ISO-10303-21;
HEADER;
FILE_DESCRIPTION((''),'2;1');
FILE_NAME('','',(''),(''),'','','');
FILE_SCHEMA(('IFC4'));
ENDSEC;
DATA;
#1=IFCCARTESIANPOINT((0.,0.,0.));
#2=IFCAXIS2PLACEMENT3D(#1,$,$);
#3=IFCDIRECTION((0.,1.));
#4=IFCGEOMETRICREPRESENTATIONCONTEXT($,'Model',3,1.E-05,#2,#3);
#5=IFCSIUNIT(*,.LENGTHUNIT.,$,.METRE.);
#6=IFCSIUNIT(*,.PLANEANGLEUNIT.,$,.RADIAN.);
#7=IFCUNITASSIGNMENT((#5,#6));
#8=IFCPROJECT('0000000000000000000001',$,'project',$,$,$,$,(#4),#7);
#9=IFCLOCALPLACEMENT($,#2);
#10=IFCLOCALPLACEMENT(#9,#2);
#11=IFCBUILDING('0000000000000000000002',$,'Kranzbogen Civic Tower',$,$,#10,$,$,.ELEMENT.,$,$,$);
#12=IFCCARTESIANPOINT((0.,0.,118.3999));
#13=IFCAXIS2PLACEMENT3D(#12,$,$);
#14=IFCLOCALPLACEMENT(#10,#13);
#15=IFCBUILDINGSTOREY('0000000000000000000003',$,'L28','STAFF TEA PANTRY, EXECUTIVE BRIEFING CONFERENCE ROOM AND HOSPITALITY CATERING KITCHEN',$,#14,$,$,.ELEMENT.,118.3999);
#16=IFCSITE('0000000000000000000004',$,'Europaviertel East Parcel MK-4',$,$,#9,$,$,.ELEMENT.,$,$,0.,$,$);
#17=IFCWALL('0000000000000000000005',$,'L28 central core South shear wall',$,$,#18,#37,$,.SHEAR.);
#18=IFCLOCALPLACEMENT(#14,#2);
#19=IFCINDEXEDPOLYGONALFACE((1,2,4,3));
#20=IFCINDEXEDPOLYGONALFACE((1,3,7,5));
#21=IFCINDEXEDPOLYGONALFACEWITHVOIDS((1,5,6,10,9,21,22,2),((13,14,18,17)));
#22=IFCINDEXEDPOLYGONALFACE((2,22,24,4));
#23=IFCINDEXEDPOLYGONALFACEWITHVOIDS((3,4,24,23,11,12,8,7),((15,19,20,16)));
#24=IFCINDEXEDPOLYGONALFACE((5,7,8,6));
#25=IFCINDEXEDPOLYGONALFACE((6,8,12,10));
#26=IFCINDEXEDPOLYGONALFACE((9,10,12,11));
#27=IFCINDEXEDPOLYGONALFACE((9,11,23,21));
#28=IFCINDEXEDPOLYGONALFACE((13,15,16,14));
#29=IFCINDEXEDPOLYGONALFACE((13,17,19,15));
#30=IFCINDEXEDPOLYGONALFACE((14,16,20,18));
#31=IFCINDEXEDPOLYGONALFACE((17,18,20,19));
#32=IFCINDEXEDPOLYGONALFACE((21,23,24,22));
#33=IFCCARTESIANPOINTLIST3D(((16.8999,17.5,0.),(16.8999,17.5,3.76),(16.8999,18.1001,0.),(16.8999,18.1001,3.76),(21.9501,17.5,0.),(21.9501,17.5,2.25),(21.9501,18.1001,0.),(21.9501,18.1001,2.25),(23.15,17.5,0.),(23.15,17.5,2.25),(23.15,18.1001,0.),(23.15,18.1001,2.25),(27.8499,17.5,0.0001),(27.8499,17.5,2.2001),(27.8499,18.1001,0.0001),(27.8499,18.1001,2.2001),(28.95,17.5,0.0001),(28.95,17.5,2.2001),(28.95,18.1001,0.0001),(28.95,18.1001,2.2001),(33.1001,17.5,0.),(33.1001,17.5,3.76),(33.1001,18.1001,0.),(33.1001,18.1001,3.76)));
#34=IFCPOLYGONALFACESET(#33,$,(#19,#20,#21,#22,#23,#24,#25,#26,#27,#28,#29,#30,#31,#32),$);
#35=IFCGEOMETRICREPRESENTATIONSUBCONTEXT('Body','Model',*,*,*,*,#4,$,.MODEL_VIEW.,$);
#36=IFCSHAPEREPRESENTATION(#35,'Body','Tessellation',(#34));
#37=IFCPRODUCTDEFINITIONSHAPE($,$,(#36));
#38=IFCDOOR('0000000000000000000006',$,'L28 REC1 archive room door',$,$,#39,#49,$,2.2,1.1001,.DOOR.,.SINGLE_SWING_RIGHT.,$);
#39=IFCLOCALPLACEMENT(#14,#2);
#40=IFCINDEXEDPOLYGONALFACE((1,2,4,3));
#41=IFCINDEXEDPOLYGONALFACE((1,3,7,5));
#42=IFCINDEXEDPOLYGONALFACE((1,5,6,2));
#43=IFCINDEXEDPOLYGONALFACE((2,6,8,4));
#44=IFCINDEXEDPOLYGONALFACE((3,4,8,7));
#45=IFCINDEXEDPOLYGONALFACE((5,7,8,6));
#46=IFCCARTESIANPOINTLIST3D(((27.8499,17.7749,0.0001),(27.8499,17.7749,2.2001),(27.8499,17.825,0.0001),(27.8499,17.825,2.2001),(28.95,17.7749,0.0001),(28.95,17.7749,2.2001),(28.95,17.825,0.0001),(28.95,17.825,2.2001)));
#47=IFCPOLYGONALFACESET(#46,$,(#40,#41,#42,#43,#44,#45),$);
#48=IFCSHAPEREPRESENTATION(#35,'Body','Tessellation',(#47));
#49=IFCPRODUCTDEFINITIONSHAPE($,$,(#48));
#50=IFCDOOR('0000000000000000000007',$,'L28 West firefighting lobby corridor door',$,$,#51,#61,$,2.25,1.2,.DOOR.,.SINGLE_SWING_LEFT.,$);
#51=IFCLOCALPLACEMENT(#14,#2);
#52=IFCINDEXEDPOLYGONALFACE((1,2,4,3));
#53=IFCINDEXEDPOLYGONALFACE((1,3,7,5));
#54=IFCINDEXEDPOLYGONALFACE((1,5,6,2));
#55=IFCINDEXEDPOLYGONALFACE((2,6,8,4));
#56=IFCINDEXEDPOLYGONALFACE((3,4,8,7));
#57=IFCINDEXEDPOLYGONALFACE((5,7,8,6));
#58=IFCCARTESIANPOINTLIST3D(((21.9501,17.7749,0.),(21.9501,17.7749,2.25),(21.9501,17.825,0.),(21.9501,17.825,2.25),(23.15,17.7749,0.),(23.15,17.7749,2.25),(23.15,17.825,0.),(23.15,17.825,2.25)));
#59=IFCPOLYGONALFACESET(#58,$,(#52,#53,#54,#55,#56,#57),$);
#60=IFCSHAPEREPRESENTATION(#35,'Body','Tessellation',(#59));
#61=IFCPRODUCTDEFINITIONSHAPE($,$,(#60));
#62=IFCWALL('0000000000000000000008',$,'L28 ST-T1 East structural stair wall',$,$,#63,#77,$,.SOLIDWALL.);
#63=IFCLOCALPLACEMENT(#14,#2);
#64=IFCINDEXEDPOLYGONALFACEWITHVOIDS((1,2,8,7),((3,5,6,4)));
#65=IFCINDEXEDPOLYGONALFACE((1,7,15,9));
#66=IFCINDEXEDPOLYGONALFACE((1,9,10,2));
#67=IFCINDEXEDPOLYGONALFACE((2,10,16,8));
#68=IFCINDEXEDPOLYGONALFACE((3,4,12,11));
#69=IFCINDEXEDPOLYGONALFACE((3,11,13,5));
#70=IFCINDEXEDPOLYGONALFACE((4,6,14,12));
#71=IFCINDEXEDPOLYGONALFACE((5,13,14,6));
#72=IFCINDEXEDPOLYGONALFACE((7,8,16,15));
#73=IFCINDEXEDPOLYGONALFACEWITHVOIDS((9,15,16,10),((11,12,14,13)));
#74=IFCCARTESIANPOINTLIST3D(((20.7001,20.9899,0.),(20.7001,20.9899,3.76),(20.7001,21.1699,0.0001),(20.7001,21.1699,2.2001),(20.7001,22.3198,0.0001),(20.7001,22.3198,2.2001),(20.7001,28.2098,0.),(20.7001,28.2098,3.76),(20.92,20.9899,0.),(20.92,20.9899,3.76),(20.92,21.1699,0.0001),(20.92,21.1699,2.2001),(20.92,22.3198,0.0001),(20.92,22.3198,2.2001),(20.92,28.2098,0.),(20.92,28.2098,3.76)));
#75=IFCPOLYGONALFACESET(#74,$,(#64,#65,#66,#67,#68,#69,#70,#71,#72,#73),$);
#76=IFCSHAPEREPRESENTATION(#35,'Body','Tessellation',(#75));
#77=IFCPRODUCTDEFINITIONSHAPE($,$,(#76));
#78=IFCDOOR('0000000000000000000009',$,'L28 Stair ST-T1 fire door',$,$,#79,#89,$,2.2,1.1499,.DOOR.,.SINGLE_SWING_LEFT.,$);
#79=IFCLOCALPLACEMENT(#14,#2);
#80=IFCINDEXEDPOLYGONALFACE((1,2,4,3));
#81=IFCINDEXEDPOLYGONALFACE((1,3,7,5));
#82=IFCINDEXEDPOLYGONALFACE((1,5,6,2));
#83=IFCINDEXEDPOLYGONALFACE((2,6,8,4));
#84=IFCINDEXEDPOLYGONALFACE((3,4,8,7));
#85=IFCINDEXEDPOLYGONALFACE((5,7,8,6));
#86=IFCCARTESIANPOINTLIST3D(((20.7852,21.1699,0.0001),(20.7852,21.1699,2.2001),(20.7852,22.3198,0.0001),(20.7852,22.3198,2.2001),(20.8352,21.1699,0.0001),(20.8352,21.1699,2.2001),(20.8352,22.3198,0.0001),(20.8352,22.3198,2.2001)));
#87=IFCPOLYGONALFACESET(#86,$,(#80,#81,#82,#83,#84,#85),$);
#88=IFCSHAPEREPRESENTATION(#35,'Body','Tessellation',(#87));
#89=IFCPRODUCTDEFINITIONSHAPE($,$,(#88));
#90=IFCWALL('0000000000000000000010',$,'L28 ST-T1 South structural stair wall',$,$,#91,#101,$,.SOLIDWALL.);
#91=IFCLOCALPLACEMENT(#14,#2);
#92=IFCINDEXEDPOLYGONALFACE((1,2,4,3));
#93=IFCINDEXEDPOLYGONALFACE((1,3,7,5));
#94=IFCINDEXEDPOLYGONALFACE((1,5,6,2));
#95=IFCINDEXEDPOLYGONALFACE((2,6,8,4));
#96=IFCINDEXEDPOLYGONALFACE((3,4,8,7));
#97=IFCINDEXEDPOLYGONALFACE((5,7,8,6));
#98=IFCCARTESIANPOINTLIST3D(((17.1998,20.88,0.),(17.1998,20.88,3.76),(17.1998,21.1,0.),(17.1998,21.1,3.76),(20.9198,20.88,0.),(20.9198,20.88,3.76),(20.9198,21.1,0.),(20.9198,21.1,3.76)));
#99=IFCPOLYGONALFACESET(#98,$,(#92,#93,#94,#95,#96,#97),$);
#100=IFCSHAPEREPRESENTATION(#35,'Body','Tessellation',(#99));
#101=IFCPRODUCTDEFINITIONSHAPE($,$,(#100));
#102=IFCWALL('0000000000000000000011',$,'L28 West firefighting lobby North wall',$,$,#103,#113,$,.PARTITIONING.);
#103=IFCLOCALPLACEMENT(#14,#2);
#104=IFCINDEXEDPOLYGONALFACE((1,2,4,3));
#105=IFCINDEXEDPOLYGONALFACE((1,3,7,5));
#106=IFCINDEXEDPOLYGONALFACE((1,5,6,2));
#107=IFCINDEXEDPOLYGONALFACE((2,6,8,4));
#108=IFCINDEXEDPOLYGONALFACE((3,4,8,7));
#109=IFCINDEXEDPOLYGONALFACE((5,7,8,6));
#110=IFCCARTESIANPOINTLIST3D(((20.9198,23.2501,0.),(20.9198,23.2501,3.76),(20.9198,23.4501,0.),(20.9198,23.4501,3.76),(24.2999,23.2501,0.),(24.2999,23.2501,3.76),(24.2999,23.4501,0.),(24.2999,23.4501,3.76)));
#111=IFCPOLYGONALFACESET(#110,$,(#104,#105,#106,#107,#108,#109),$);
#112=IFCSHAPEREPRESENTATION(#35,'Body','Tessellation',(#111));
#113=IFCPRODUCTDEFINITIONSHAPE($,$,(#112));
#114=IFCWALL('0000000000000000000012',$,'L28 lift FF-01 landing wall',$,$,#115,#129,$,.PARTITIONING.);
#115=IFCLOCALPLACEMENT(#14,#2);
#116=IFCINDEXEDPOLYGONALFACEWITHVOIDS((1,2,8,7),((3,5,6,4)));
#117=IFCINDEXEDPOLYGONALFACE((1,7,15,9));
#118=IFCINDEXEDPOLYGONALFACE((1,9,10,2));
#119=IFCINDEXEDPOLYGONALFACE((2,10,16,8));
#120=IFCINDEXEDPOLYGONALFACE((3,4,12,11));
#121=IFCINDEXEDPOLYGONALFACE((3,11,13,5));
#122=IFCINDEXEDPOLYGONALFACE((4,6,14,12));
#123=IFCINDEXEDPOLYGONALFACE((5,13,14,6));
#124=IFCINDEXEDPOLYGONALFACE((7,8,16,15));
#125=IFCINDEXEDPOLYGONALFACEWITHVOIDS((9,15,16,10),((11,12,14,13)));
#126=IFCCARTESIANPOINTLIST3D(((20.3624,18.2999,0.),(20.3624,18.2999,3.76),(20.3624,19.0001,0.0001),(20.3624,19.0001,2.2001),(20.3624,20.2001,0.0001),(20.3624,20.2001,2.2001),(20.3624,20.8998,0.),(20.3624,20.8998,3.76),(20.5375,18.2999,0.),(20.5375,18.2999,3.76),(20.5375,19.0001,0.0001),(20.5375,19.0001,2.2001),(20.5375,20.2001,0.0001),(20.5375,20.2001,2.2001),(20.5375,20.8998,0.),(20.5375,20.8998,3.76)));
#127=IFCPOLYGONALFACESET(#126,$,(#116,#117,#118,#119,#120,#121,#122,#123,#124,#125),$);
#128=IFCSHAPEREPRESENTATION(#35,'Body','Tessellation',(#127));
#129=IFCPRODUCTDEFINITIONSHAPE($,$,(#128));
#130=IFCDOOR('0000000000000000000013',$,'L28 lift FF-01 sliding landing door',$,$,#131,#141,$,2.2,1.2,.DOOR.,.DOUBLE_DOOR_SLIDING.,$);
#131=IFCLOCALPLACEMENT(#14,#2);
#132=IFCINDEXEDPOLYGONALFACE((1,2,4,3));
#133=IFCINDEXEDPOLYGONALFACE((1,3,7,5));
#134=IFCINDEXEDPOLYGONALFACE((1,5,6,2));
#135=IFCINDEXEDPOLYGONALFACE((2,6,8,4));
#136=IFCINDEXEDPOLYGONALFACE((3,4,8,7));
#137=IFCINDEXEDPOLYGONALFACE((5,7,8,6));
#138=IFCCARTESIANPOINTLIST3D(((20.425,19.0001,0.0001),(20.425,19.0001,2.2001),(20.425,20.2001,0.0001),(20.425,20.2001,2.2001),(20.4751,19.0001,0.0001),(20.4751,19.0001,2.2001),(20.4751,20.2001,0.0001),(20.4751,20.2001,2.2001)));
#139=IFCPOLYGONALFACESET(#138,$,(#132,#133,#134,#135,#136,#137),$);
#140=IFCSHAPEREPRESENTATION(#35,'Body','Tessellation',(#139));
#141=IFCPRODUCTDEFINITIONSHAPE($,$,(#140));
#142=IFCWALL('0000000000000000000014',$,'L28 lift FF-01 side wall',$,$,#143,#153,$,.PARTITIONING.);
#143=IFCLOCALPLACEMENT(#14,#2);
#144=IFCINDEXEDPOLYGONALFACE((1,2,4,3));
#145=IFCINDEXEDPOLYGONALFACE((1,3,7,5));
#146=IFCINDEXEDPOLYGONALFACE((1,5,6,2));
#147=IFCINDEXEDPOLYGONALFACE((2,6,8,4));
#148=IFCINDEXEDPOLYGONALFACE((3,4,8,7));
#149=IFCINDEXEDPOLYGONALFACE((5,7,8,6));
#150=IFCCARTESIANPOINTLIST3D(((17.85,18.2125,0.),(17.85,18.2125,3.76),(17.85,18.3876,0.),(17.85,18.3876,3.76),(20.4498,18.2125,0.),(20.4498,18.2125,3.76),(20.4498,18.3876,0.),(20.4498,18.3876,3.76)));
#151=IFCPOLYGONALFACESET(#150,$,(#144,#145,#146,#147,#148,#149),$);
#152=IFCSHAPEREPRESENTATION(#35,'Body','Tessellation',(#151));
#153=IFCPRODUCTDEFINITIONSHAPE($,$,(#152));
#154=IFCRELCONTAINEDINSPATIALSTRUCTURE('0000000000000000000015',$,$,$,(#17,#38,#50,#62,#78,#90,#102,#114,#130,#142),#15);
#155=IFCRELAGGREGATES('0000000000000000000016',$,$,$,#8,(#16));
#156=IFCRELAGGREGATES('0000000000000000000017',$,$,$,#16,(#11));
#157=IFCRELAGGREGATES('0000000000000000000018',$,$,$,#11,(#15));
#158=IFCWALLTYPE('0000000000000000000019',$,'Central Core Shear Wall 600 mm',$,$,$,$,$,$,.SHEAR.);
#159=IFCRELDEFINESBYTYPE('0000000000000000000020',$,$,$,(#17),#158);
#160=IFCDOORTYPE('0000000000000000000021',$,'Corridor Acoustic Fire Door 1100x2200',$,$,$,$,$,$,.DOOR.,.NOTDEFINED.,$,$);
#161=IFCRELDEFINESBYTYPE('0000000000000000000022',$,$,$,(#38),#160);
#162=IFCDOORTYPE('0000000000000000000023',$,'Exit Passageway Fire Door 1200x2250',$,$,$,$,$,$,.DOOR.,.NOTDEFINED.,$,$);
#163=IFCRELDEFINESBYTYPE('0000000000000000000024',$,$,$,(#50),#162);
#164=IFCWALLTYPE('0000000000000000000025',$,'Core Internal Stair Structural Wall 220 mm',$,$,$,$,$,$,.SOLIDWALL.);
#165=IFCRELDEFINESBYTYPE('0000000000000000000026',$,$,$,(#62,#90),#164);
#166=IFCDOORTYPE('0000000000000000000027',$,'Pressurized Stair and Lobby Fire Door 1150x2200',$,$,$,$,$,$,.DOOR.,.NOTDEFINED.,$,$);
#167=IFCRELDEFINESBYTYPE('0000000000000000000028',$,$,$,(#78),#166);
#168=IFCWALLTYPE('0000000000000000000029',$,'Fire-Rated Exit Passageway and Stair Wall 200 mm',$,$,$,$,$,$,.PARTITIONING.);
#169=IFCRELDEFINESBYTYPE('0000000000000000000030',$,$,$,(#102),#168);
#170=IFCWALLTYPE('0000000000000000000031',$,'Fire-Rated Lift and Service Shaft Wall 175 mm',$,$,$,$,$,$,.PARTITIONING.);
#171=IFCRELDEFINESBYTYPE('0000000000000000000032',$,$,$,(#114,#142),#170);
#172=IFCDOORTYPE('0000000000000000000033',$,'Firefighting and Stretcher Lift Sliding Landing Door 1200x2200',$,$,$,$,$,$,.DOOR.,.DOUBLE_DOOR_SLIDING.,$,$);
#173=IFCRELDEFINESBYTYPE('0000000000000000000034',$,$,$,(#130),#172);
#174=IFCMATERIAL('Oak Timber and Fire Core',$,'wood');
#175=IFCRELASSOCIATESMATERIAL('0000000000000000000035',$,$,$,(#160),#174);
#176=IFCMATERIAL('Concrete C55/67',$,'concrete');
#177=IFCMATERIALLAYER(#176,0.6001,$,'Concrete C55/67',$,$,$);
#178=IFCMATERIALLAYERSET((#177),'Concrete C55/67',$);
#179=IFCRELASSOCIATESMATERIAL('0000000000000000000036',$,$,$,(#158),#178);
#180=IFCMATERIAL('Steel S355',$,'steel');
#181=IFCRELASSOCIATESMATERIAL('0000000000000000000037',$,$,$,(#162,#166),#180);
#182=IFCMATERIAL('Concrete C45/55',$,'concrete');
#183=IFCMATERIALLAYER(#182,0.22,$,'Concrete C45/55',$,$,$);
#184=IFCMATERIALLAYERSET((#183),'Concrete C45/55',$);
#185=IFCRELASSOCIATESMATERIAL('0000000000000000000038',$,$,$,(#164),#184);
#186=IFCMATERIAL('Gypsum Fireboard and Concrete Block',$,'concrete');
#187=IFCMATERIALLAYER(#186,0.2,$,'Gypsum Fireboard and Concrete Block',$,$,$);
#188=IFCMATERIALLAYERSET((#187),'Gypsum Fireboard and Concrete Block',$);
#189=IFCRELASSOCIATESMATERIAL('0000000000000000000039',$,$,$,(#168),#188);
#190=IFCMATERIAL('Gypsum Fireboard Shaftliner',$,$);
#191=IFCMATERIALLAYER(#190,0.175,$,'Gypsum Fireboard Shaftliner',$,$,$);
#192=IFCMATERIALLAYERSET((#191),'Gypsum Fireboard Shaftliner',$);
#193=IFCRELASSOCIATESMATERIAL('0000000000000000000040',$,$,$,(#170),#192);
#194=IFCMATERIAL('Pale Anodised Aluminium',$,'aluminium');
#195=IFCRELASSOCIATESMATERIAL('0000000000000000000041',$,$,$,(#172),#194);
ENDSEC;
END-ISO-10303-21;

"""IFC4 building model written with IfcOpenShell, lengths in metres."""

from ifc_helpers import new_model, si_unit, direction, frame, frame_2d, origin, place, context, subcontext, project, spatial, rectangle, extrude, material, layer, layer_set, type_object, element, fill, save


model = new_model("IFC4")

# Units and contexts
model_context = context("Model", 3, precision=1e-05, world=origin(), true_north=direction((0.0, 1.0)))
body_context = subcontext(model_context, "Body", "Model", "MODEL_VIEW")
ifc_project = project(units=[si_unit("LENGTHUNIT", "METRE"), si_unit("PLANEANGLEUNIT", "RADIAN")], contexts=[model_context])

# Site, building, storey
site_placement = place(None, origin())
site = spatial("IfcSite", under=ifc_project, at=site_placement, Name="Europaviertel East Parcel MK-4", CompositionType="ELEMENT", RefElevation=0.0)
building_placement = place(site_placement, origin())
building = spatial("IfcBuilding", under=site, at=building_placement, Name="Kranzbogen Civic Tower", CompositionType="ELEMENT")
storey_placement = place(building_placement, frame((0.0, 0.0, 118.3999)))
storey = spatial("IfcBuildingStorey", under=building, at=storey_placement, Name="L28", Description="STAFF TEA PANTRY, EXECUTIVE BRIEFING CONFERENCE ROOM AND HOSPITALITY CATERING KITCHEN", CompositionType="ELEMENT", Elevation=118.3999)

# Shared definitions
ifc_material_1 = material(Name="Steel S355", Category="steel")

# Shared definitions
ifc_material_2 = material(Name="Oak Timber and Fire Core", Category="wood")
door_type_1 = type_object("IfcDoorType", Name="Corridor Acoustic Fire Door 1100x2200", OperationType="NOTDEFINED", PredefinedType="DOOR", material=ifc_material_2)

# Wall, openings, doors
ifc_material_3 = material(Name="Concrete C55/67", Category="concrete")
ifc_layer_1 = layer(ifc_material_3, 0.6001, Name="Concrete C55/67")
ifc_layer_set_1 = layer_set([ifc_layer_1], Name="Concrete C55/67")
wall_type_1 = type_object("IfcWallType", Name="Central Core Shear Wall 600 mm", PredefinedType="SHEAR", material=ifc_layer_set_1)
wall_1_placement = place(storey_placement, frame((16.8999, 17.8, 0.0), z_axis=(0.0, 0.0, 1.0), x_axis=(1.0, 0.0, 0.0)))
wall_1 = element("IfcWall", 1, at=wall_1_placement, inside=storey, type_object=wall_type_1, Name="L28 central core South shear wall", PredefinedType="SHEAR", context=body_context, shape_type="SweptSolid", body=[
    extrude(rectangle(XDim=16.2002, YDim=0.6001, at=frame_2d((8.1001, 0.0))), origin(), (0.0, 0.0, 1.0), 3.76),
])
opening_1_placement = place(wall_1_placement, frame((5.05, 0.0, 0.0)))
opening_1 = element("IfcOpeningElement", 2, at=opening_1_placement, cuts=wall_1, PredefinedType="OPENING", context=body_context, shape_type="SweptSolid", body=[
    extrude(rectangle(XDim=1.2, YDim=2.25, at=frame_2d((0.6001, 1.125))), frame((0.0, 0.3101, 0.0), z_axis=(0.0, -1.0, 0.0), x_axis=(1.0, 0.0, 0.0)), (0.0, 0.0, 1.0), 0.6201),
])
opening_2_placement = place(wall_1_placement, frame((10.95, 0.0, 0.0)))
opening_2 = element("IfcOpeningElement", 3, at=opening_2_placement, cuts=wall_1, PredefinedType="OPENING", context=body_context, shape_type="SweptSolid", body=[
    extrude(rectangle(XDim=1.1001, YDim=2.2, at=frame_2d((0.55, 1.1001))), frame((0.0, 0.3101, 0.0), z_axis=(0.0, -1.0, 0.0), x_axis=(1.0, 0.0, 0.0)), (0.0, 0.0, 1.0), 0.6201),
])
door_1_placement = place(opening_2_placement, origin())
door_1 = element("IfcDoor", 4, at=door_1_placement, inside=storey, type_object=door_type_1, Name="L28 REC1 archive room door", OperationType="SINGLE_SWING_RIGHT", OverallHeight=2.2, OverallWidth=1.1001, PredefinedType="DOOR", context=body_context, shape_type="SweptSolid", body=[
    extrude(rectangle(XDim=1.1001, YDim=2.2, at=frame_2d((0.55, 1.1001))), frame((0.0, 0.0249, 0.0), z_axis=(0.0, -1.0, 0.0), x_axis=(1.0, 0.0, 0.0)), (0.0, 0.0, 1.0), 0.05),
])
fill(opening_2, door_1)
door_type_2 = type_object("IfcDoorType", Name="Exit Passageway Fire Door 1200x2250", OperationType="NOTDEFINED", PredefinedType="DOOR", material=ifc_material_1)
door_2_placement = place(opening_1_placement, origin())
door_2 = element("IfcDoor", 5, at=door_2_placement, inside=storey, type_object=door_type_2, Name="L28 West firefighting lobby corridor door", OperationType="SINGLE_SWING_LEFT", OverallHeight=2.25, OverallWidth=1.2, PredefinedType="DOOR", context=body_context, shape_type="SweptSolid", body=[
    extrude(rectangle(XDim=1.2, YDim=2.25, at=frame_2d((0.6001, 1.125))), frame((0.0, 0.0249, 0.0), z_axis=(0.0, -1.0, 0.0), x_axis=(1.0, 0.0, 0.0)), (0.0, 0.0, 1.0), 0.05),
])
fill(opening_1, door_2)

# Wall, opening, door
ifc_material_4 = material(Name="Concrete C45/55", Category="concrete")
ifc_layer_2 = layer(ifc_material_4, 0.22, Name="Concrete C45/55")
ifc_layer_set_2 = layer_set([ifc_layer_2], Name="Concrete C45/55")
wall_type_2 = type_object("IfcWallType", Name="Core Internal Stair Structural Wall 220 mm", PredefinedType="SOLIDWALL", material=ifc_layer_set_2)
wall_2_placement = place(storey_placement, frame((20.8101, 20.99, 0.0), z_axis=(0.0, 0.0, 1.0), x_axis=(0.0, 1.0, 0.0)))
wall_2 = element("IfcWall", 6, at=wall_2_placement, inside=storey, type_object=wall_type_2, Name="L28 ST-T1 East structural stair wall", PredefinedType="SOLIDWALL", context=body_context, shape_type="SweptSolid", body=[
    extrude(rectangle(XDim=7.22, YDim=0.22, at=frame_2d((3.6099, 0.0))), origin(), (0.0, 0.0, 1.0), 3.76),
])
opening_3_placement = place(wall_2_placement, frame((0.1799, 0.0, 0.0)))
opening_3 = element("IfcOpeningElement", 7, at=opening_3_placement, cuts=wall_2, PredefinedType="OPENING", context=body_context, shape_type="SweptSolid", body=[
    extrude(rectangle(XDim=1.1499, YDim=2.2, at=frame_2d((0.575, 1.1001))), frame((0.0, 0.1201, 0.0), z_axis=(0.0, -1.0, 0.0), x_axis=(1.0, 0.0, 0.0)), (0.0, 0.0, 1.0), 0.24),
])
door_type_3 = type_object("IfcDoorType", Name="Pressurized Stair and Lobby Fire Door 1150x2200", OperationType="NOTDEFINED", PredefinedType="DOOR", material=ifc_material_1)
door_3_placement = place(opening_3_placement, origin())
door_3 = element("IfcDoor", 8, at=door_3_placement, inside=storey, type_object=door_type_3, Name="L28 Stair ST-T1 fire door", OperationType="SINGLE_SWING_LEFT", OverallHeight=2.2, OverallWidth=1.1499, PredefinedType="DOOR", context=body_context, shape_type="SweptSolid", body=[
    extrude(rectangle(XDim=1.1499, YDim=2.2, at=frame_2d((0.575, 1.1001))), frame((0.0, 0.0249, 0.0), z_axis=(0.0, -1.0, 0.0), x_axis=(1.0, 0.0, 0.0)), (0.0, 0.0, 1.0), 0.05),
])
fill(opening_3, door_3)

# Walls
wall_3_placement = place(storey_placement, frame((17.2, 20.99, 0.0), z_axis=(0.0, 0.0, 1.0), x_axis=(1.0, 0.0, 0.0)))
element("IfcWall", 9, at=wall_3_placement, inside=storey, type_object=wall_type_2, Name="L28 ST-T1 South structural stair wall", PredefinedType="SOLIDWALL", context=body_context, shape_type="SweptSolid", body=[
    extrude(rectangle(XDim=3.72, YDim=0.22, at=frame_2d((1.8599, 0.0))), origin(), (0.0, 0.0, 1.0), 3.76),
])
ifc_material_5 = material(Name="Gypsum Fireboard and Concrete Block", Category="concrete")
ifc_layer_3 = layer(ifc_material_5, 0.2, Name="Gypsum Fireboard and Concrete Block")
ifc_layer_set_3 = layer_set([ifc_layer_3], Name="Gypsum Fireboard and Concrete Block")
wall_type_3 = type_object("IfcWallType", Name="Fire-Rated Exit Passageway and Stair Wall 200 mm", PredefinedType="PARTITIONING", material=ifc_layer_set_3)
wall_4_placement = place(storey_placement, frame((20.9199, 23.3501, 0.0), z_axis=(0.0, 0.0, 1.0), x_axis=(1.0, 0.0, 0.0)))
element("IfcWall", 10, at=wall_4_placement, inside=storey, type_object=wall_type_3, Name="L28 West firefighting lobby North wall", PredefinedType="PARTITIONING", context=body_context, shape_type="SweptSolid", body=[
    extrude(rectangle(XDim=3.3801, YDim=0.2, at=frame_2d((1.6899, 0.0))), origin(), (0.0, 0.0, 1.0), 3.76),
])

# Wall, opening, door
ifc_material_6 = material(Name="Gypsum Fireboard Shaftliner")
ifc_layer_4 = layer(ifc_material_6, 0.175, Name="Gypsum Fireboard Shaftliner")
ifc_layer_set_4 = layer_set([ifc_layer_4], Name="Gypsum Fireboard Shaftliner")
wall_type_4 = type_object("IfcWallType", Name="Fire-Rated Lift and Service Shaft Wall 175 mm", PredefinedType="PARTITIONING", material=ifc_layer_set_4)
wall_5_placement = place(storey_placement, frame((20.45, 18.3, 0.0), z_axis=(0.0, 0.0, 1.0), x_axis=(0.0, 1.0, 0.0)))
wall_5 = element("IfcWall", 11, at=wall_5_placement, inside=storey, type_object=wall_type_4, Name="L28 lift FF-01 landing wall", PredefinedType="PARTITIONING", context=body_context, shape_type="SweptSolid", body=[
    extrude(rectangle(XDim=2.5999, YDim=0.175, at=frame_2d((1.2998, 0.0))), origin(), (0.0, 0.0, 1.0), 3.76),
])
opening_4_placement = place(wall_5_placement, frame((0.7, 0.0, 0.0)))
opening_4 = element("IfcOpeningElement", 12, at=opening_4_placement, cuts=wall_5, PredefinedType="OPENING", context=body_context, shape_type="SweptSolid", body=[
    extrude(rectangle(XDim=1.2, YDim=2.2, at=frame_2d((0.6001, 1.1001))), frame((0.0, 0.0977, 0.0), z_axis=(0.0, -1.0, 0.0), x_axis=(1.0, 0.0, 0.0)), (0.0, 0.0, 1.0), 0.1951),
])
ifc_material_7 = material(Name="Pale Anodised Aluminium", Category="aluminium")
door_type_4 = type_object("IfcDoorType", Name="Firefighting and Stretcher Lift Sliding Landing Door 1200x2200", OperationType="DOUBLE_DOOR_SLIDING", PredefinedType="DOOR", material=ifc_material_7)
door_4_placement = place(opening_4_placement, origin())
door_4 = element("IfcDoor", 13, at=door_4_placement, inside=storey, type_object=door_type_4, Name="L28 lift FF-01 sliding landing door", OperationType="DOUBLE_DOOR_SLIDING", OverallHeight=2.2, OverallWidth=1.2, PredefinedType="DOOR", context=body_context, shape_type="SweptSolid", body=[
    extrude(rectangle(XDim=1.2, YDim=2.2, at=frame_2d((0.6001, 1.1001))), frame((0.0, 0.0249, 0.0), z_axis=(0.0, -1.0, 0.0), x_axis=(1.0, 0.0, 0.0)), (0.0, 0.0, 1.0), 0.05),
])
fill(opening_4, door_4)

# Wall
wall_6_placement = place(storey_placement, frame((17.8501, 18.3, 0.0), z_axis=(0.0, 0.0, 1.0), x_axis=(1.0, 0.0, 0.0)))
element("IfcWall", 14, at=wall_6_placement, inside=storey, type_object=wall_type_4, Name="L28 lift FF-01 side wall", PredefinedType="PARTITIONING", context=body_context, shape_type="SweptSolid", body=[
    extrude(rectangle(XDim=2.5999, YDim=0.175, at=frame_2d((1.2998, 0.0))), origin(), (0.0, 0.0, 1.0), 3.76),
])

save(model, "model.ifc")
